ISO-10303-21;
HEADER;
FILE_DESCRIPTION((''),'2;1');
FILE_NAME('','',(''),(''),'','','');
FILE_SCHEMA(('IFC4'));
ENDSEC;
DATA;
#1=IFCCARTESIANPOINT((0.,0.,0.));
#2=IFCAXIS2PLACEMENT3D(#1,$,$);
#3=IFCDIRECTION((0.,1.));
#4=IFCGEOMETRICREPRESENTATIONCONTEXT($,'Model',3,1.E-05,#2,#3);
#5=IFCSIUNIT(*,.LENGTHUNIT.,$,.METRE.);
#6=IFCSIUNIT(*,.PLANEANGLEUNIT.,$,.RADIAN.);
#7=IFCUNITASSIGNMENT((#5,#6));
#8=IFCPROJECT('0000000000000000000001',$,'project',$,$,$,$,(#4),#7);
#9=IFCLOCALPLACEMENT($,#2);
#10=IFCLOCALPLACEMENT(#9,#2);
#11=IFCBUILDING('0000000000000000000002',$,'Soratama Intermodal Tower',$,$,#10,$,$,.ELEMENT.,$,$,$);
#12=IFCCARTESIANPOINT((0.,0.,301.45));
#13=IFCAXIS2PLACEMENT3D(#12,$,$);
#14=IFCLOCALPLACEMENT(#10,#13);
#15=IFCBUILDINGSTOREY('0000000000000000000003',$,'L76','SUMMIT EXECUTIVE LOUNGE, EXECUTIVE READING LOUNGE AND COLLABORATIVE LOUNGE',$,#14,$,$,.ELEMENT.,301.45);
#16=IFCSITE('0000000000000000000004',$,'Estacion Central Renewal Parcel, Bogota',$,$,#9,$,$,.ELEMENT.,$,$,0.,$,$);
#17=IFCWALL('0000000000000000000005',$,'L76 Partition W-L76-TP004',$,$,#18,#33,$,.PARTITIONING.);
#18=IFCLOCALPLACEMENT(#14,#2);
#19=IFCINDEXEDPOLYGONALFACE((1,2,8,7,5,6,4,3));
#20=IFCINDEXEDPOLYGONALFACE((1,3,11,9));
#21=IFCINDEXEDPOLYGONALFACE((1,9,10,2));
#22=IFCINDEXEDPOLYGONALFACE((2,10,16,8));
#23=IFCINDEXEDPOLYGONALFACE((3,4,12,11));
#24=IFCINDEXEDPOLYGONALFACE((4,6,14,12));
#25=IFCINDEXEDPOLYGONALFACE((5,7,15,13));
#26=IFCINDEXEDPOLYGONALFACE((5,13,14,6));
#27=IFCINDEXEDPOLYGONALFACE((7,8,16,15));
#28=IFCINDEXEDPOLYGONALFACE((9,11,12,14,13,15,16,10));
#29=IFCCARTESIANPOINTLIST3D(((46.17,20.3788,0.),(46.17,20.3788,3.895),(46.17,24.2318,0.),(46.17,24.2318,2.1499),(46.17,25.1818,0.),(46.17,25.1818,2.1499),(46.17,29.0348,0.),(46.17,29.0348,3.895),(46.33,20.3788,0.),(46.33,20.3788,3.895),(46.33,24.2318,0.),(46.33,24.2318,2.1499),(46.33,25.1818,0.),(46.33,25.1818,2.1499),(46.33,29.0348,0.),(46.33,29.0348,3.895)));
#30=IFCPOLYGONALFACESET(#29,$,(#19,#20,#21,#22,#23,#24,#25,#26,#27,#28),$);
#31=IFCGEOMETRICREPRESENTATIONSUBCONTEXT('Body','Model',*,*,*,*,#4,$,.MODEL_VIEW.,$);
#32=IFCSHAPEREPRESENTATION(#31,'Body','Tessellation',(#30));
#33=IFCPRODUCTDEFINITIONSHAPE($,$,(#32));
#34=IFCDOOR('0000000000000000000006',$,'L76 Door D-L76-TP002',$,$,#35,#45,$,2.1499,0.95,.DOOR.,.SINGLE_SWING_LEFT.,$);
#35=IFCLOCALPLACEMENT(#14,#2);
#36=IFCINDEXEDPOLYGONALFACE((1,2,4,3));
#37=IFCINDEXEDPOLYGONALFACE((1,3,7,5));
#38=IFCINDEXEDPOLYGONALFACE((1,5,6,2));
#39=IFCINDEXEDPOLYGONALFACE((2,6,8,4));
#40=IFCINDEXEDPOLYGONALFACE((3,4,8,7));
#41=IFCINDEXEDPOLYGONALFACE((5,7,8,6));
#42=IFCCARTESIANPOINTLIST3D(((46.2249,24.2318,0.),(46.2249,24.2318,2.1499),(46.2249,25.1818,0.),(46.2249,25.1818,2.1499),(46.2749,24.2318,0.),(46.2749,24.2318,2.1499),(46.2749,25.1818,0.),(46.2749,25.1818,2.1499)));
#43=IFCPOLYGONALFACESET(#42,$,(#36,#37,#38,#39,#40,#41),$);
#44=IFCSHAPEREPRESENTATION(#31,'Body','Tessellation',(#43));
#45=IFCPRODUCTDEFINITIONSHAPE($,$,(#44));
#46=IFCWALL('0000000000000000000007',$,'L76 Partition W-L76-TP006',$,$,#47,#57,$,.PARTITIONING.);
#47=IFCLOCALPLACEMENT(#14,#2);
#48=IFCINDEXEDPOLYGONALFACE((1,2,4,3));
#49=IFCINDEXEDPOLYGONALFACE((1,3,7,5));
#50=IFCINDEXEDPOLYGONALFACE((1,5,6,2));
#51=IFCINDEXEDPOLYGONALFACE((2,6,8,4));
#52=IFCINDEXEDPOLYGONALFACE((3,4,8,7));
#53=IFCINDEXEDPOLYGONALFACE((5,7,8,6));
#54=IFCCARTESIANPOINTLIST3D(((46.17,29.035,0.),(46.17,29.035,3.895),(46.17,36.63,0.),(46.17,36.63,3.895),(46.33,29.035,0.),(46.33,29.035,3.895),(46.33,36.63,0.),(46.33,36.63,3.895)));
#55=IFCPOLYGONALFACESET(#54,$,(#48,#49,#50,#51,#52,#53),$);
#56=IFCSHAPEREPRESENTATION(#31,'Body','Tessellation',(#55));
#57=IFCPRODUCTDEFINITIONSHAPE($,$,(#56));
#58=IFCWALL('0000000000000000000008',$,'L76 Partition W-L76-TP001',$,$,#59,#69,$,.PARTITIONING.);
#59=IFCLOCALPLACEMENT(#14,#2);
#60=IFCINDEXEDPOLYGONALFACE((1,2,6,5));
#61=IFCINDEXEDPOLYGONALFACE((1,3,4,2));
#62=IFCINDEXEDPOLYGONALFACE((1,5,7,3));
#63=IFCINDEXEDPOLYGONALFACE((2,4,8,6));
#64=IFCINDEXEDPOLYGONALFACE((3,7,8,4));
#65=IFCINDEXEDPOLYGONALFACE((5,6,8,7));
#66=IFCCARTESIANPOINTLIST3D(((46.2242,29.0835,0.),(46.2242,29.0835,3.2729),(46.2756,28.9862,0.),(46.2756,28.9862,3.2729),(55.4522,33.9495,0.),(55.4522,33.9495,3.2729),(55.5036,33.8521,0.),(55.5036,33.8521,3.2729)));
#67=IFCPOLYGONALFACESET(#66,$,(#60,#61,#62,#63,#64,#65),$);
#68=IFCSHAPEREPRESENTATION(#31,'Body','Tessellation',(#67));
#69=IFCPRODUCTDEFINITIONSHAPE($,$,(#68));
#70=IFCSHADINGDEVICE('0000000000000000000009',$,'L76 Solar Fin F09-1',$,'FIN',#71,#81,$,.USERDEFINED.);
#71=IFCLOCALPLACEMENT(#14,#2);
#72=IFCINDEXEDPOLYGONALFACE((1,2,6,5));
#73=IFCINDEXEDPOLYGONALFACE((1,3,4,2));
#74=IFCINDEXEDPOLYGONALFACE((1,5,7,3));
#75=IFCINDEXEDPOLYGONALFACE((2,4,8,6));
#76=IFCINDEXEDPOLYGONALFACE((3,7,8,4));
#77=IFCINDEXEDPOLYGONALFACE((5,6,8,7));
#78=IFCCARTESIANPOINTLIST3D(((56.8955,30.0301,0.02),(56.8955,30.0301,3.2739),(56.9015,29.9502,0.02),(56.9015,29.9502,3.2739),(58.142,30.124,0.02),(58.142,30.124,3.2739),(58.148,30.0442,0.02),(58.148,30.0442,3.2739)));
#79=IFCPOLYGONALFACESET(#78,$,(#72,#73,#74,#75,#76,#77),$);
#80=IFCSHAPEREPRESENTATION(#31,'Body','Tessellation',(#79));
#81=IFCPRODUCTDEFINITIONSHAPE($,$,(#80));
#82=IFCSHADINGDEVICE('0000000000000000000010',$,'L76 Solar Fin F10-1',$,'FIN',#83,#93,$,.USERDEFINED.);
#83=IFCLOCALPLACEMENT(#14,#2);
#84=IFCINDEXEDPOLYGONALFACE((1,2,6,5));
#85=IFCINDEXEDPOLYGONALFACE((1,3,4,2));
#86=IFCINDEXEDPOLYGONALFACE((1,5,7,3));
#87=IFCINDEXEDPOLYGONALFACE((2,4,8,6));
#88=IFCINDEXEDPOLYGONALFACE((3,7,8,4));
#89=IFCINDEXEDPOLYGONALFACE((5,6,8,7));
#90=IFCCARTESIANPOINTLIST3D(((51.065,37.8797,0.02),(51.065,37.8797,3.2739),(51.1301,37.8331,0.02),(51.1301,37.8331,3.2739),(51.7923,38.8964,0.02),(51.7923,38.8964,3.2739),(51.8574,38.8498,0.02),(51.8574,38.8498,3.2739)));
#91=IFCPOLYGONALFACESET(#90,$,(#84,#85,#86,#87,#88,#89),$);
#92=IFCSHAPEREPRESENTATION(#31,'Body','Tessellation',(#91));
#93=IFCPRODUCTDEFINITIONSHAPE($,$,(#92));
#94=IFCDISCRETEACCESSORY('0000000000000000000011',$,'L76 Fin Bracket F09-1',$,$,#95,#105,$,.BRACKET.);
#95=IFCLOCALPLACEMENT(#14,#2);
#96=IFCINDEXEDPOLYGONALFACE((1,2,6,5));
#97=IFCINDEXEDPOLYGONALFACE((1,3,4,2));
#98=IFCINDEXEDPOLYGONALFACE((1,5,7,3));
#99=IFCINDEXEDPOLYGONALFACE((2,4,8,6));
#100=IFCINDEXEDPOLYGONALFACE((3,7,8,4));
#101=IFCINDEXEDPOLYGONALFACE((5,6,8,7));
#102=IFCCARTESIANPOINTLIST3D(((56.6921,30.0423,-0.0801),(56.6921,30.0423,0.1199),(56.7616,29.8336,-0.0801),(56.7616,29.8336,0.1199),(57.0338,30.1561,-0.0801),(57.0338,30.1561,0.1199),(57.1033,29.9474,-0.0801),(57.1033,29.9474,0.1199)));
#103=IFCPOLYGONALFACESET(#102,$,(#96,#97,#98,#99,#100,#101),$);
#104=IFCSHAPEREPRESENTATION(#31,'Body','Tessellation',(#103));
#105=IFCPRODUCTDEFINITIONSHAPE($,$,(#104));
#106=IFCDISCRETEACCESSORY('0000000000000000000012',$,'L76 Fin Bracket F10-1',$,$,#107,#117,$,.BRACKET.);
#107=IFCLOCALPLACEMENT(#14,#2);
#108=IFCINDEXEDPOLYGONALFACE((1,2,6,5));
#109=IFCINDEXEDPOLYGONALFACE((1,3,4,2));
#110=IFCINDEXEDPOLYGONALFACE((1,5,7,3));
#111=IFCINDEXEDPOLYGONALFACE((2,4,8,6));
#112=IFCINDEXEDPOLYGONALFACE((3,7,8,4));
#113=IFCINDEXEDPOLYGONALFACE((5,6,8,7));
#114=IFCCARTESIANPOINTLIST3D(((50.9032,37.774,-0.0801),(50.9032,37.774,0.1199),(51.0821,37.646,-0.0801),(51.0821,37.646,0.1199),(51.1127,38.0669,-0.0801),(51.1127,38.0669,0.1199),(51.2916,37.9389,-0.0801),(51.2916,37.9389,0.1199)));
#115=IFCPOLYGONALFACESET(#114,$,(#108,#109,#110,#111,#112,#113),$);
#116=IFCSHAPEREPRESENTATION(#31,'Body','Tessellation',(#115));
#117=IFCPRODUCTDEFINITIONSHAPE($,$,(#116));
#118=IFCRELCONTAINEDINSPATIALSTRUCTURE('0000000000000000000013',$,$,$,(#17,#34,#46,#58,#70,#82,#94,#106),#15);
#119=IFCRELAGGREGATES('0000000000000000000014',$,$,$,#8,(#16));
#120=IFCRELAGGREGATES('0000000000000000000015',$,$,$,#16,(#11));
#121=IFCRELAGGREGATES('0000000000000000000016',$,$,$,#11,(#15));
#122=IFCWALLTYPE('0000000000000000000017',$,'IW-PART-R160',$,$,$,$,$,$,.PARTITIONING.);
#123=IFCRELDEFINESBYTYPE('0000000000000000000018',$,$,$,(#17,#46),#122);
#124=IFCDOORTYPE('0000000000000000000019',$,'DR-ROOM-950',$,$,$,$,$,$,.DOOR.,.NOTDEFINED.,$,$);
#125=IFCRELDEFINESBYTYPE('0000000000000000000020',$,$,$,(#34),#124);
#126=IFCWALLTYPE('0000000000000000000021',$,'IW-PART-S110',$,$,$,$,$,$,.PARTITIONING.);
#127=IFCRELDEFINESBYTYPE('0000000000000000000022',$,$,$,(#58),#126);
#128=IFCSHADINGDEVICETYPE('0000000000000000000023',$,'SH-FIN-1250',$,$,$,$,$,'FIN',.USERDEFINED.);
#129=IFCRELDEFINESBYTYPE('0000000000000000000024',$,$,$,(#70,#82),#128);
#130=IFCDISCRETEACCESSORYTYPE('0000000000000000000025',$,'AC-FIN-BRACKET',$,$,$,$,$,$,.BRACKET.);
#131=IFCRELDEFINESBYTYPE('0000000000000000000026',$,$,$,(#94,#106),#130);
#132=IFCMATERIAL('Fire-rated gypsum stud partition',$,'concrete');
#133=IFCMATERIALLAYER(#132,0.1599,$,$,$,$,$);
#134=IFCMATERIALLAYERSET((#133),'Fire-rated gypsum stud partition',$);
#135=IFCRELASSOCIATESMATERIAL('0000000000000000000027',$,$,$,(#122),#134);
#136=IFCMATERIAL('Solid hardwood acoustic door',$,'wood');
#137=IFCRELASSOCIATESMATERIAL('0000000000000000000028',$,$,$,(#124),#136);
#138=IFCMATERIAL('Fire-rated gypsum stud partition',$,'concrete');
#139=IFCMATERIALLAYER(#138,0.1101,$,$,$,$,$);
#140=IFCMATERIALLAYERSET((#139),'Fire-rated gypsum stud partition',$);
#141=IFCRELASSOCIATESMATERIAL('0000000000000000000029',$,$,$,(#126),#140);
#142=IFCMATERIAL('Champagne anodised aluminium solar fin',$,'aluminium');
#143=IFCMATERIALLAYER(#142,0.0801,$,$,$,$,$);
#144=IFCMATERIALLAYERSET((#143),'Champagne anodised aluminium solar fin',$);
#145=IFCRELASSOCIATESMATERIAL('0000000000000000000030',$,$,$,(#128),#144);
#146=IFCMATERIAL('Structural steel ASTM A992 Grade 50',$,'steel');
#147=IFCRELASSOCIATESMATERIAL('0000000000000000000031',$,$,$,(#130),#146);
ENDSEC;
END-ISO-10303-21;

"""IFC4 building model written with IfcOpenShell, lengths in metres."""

from ifc_helpers import new_model, si_unit, direction, frame, frame_2d, origin, origin_2d, place, context, subcontext, project, spatial, rectangle, extrude, material, layer, layer_set, type_object, element, fill, save


model = new_model("IFC4")

# Units and contexts
model_context = context("Model", 3, precision=1e-05, world=origin(), true_north=direction((0.0, 1.0)))
body_context = subcontext(model_context, "Body", "Model", "MODEL_VIEW")
ifc_project = project(units=[si_unit("LENGTHUNIT", "METRE"), si_unit("PLANEANGLEUNIT", "RADIAN")], contexts=[model_context])

# Site, building, storey
site_placement = place(None, origin())
site = spatial("IfcSite", under=ifc_project, at=site_placement, Name="Estacion Central Renewal Parcel, Bogota", CompositionType="ELEMENT", RefElevation=0.0)
building_placement = place(site_placement, origin())
building = spatial("IfcBuilding", under=site, at=building_placement, Name="Soratama Intermodal Tower", CompositionType="ELEMENT")
storey_placement = place(building_placement, frame((0.0, 0.0, 301.45)))
storey = spatial("IfcBuildingStorey", under=building, at=storey_placement, Name="L76", Description="SUMMIT EXECUTIVE LOUNGE, EXECUTIVE READING LOUNGE AND COLLABORATIVE LOUNGE", CompositionType="ELEMENT", Elevation=301.45)

# Wall, opening, door
ifc_material_1 = material(Name="Fire-rated gypsum stud partition", Category="concrete")
ifc_layer_1 = layer(ifc_material_1, 0.1599)
ifc_layer_set_1 = layer_set([ifc_layer_1], Name="Fire-rated gypsum stud partition")
wall_type_1 = type_object("IfcWallType", Name="IW-PART-R160", PredefinedType="PARTITIONING", material=ifc_layer_set_1)
wall_1_placement = place(storey_placement, frame((46.25, 29.0349, 0.0), z_axis=(0.0, 0.0, 1.0), x_axis=(0.0, -1.0, 0.0)))
wall_1 = element("IfcWall", 1, at=wall_1_placement, inside=storey, type_object=wall_type_1, Name="L76 Partition W-L76-TP004", PredefinedType="PARTITIONING", context=body_context, shape_type="SweptSolid", body=[
    extrude(rectangle(XDim=8.656, YDim=0.1599, at=frame_2d((4.3281, 0.0))), origin(), (0.0, 0.0, 1.0), 3.895),
])
opening_1_placement = place(wall_1_placement, frame((3.853, 0.0, 0.0)))
opening_1 = element("IfcOpeningElement", 2, at=opening_1_placement, cuts=wall_1, PredefinedType="OPENING", context=body_context, shape_type="SweptSolid", body=[
    extrude(rectangle(XDim=0.95, YDim=2.1499, at=frame_2d((0.4751, 1.075))), frame((0.0, 0.0898, 0.0), z_axis=(0.0, -1.0, 0.0), x_axis=(1.0, 0.0, 0.0)), (0.0, 0.0, 1.0), 0.1799),
])
ifc_material_2 = material(Name="Solid hardwood acoustic door", Category="wood")
door_type = type_object("IfcDoorType", Name="DR-ROOM-950", OperationType="NOTDEFINED", PredefinedType="DOOR", material=ifc_material_2)
door_placement = place(opening_1_placement, origin())
door = element("IfcDoor", 3, at=door_placement, inside=storey, type_object=door_type, Name="L76 Door D-L76-TP002", OperationType="SINGLE_SWING_LEFT", OverallHeight=2.1499, OverallWidth=0.95, PredefinedType="DOOR", context=body_context, shape_type="SweptSolid", body=[
    extrude(rectangle(XDim=0.95, YDim=2.1499, at=frame_2d((0.4751, 1.075))), frame((0.0, 0.0249, 0.0), z_axis=(0.0, -1.0, 0.0), x_axis=(1.0, 0.0, 0.0)), (0.0, 0.0, 1.0), 0.05),
])
fill(opening_1, door)

# Walls
wall_2_placement = place(storey_placement, frame((46.25, 36.6299, 0.0), z_axis=(0.0, 0.0, 1.0), x_axis=(0.0, -1.0, 0.0)))
element("IfcWall", 4, at=wall_2_placement, inside=storey, type_object=wall_type_1, Name="L76 Partition W-L76-TP006", PredefinedType="PARTITIONING", context=body_context, shape_type="SweptSolid", body=[
    extrude(rectangle(XDim=7.595, YDim=0.1599, at=frame_2d((3.7974, 0.0))), origin(), (0.0, 0.0, 1.0), 3.895),
])
ifc_material_3 = material(Name="Fire-rated gypsum stud partition", Category="concrete")
ifc_layer_2 = layer(ifc_material_3, 0.1101)
ifc_layer_set_2 = layer_set([ifc_layer_2], Name="Fire-rated gypsum stud partition")
wall_type_2 = type_object("IfcWallType", Name="IW-PART-S110", PredefinedType="PARTITIONING", material=ifc_layer_set_2)
wall_3_placement = place(storey_placement, frame((55.478, 33.9009, 0.0), z_axis=(0.0, 0.0, 1.0), x_axis=(-0.884558, -0.46643, 0.0)))
element("IfcWall", 5, at=wall_3_placement, inside=storey, type_object=wall_type_2, Name="L76 Partition W-L76-TP001", PredefinedType="PARTITIONING", context=body_context, shape_type="SweptSolid", body=[
    extrude(rectangle(XDim=10.4324, YDim=0.1101, at=frame_2d((5.2163, 0.0))), origin(), (0.0, 0.0, 1.0), 3.2729),
])

# Shading devices
ifc_material_4 = material(Name="Champagne anodised aluminium solar fin", Category="aluminium")
ifc_layer_3 = layer(ifc_material_4, 0.0801)
ifc_layer_set_3 = layer_set([ifc_layer_3], Name="Champagne anodised aluminium solar fin")
shading_device_type = type_object("IfcShadingDeviceType", Name="SH-FIN-1250", ElementType="FIN", PredefinedType="USERDEFINED", material=ifc_layer_set_3)
for number, where, z_axis, x_axis, name in (
    (6, (57.5217, 30.0371, 0.02), (0.0, 0.0, 1.0), (0.997172, 0.075153, 0.0), "L76 Solar Fin F09-1"),
    (7, (51.4612, 38.3647, 0.02), (0.0, 0.0, 1.0), (0.581839, 0.813304, 0.0), "L76 Solar Fin F10-1"),
):
    element("IfcShadingDevice", number, at=place(storey_placement, frame(where, z_axis=z_axis, x_axis=x_axis)), inside=storey, type_object=shading_device_type, Name=name, ObjectType="FIN", PredefinedType="USERDEFINED", context=body_context, shape_type="SweptSolid", body=[
        extrude(rectangle(XDim=1.25, YDim=0.0801, at=origin_2d()), origin(), (0.0, 0.0, 1.0), 3.2539),
    ])

# Discrete accessories
ifc_material_5 = material(Name="Structural steel ASTM A992 Grade 50", Category="steel")
discrete_accessory_type = type_object("IfcDiscreteAccessoryType", Name="AC-FIN-BRACKET", PredefinedType="BRACKET", material=ifc_material_5)
for number, where, z_axis, x_axis, name in (
    (8, (56.8977, 29.9949, -0.0801), (0.0, 0.0, 1.0), (0.948766, 0.31598, 0.0), "L76 Fin Bracket F09-1"),
    (9, (51.0974, 37.8564, -0.0801), (0.0, 0.0, 1.0), (0.581839, 0.813304, 0.0), "L76 Fin Bracket F10-1"),
):
    element("IfcDiscreteAccessory", number, at=place(storey_placement, frame(where, z_axis=z_axis, x_axis=x_axis)), inside=storey, type_object=discrete_accessory_type, Name=name, PredefinedType="BRACKET", context=body_context, shape_type="SweptSolid", body=[
        extrude(rectangle(XDim=0.3601, YDim=0.22, at=origin_2d()), origin(), (0.0, 0.0, 1.0), 0.2),
    ])

save(model, "model.ifc")
